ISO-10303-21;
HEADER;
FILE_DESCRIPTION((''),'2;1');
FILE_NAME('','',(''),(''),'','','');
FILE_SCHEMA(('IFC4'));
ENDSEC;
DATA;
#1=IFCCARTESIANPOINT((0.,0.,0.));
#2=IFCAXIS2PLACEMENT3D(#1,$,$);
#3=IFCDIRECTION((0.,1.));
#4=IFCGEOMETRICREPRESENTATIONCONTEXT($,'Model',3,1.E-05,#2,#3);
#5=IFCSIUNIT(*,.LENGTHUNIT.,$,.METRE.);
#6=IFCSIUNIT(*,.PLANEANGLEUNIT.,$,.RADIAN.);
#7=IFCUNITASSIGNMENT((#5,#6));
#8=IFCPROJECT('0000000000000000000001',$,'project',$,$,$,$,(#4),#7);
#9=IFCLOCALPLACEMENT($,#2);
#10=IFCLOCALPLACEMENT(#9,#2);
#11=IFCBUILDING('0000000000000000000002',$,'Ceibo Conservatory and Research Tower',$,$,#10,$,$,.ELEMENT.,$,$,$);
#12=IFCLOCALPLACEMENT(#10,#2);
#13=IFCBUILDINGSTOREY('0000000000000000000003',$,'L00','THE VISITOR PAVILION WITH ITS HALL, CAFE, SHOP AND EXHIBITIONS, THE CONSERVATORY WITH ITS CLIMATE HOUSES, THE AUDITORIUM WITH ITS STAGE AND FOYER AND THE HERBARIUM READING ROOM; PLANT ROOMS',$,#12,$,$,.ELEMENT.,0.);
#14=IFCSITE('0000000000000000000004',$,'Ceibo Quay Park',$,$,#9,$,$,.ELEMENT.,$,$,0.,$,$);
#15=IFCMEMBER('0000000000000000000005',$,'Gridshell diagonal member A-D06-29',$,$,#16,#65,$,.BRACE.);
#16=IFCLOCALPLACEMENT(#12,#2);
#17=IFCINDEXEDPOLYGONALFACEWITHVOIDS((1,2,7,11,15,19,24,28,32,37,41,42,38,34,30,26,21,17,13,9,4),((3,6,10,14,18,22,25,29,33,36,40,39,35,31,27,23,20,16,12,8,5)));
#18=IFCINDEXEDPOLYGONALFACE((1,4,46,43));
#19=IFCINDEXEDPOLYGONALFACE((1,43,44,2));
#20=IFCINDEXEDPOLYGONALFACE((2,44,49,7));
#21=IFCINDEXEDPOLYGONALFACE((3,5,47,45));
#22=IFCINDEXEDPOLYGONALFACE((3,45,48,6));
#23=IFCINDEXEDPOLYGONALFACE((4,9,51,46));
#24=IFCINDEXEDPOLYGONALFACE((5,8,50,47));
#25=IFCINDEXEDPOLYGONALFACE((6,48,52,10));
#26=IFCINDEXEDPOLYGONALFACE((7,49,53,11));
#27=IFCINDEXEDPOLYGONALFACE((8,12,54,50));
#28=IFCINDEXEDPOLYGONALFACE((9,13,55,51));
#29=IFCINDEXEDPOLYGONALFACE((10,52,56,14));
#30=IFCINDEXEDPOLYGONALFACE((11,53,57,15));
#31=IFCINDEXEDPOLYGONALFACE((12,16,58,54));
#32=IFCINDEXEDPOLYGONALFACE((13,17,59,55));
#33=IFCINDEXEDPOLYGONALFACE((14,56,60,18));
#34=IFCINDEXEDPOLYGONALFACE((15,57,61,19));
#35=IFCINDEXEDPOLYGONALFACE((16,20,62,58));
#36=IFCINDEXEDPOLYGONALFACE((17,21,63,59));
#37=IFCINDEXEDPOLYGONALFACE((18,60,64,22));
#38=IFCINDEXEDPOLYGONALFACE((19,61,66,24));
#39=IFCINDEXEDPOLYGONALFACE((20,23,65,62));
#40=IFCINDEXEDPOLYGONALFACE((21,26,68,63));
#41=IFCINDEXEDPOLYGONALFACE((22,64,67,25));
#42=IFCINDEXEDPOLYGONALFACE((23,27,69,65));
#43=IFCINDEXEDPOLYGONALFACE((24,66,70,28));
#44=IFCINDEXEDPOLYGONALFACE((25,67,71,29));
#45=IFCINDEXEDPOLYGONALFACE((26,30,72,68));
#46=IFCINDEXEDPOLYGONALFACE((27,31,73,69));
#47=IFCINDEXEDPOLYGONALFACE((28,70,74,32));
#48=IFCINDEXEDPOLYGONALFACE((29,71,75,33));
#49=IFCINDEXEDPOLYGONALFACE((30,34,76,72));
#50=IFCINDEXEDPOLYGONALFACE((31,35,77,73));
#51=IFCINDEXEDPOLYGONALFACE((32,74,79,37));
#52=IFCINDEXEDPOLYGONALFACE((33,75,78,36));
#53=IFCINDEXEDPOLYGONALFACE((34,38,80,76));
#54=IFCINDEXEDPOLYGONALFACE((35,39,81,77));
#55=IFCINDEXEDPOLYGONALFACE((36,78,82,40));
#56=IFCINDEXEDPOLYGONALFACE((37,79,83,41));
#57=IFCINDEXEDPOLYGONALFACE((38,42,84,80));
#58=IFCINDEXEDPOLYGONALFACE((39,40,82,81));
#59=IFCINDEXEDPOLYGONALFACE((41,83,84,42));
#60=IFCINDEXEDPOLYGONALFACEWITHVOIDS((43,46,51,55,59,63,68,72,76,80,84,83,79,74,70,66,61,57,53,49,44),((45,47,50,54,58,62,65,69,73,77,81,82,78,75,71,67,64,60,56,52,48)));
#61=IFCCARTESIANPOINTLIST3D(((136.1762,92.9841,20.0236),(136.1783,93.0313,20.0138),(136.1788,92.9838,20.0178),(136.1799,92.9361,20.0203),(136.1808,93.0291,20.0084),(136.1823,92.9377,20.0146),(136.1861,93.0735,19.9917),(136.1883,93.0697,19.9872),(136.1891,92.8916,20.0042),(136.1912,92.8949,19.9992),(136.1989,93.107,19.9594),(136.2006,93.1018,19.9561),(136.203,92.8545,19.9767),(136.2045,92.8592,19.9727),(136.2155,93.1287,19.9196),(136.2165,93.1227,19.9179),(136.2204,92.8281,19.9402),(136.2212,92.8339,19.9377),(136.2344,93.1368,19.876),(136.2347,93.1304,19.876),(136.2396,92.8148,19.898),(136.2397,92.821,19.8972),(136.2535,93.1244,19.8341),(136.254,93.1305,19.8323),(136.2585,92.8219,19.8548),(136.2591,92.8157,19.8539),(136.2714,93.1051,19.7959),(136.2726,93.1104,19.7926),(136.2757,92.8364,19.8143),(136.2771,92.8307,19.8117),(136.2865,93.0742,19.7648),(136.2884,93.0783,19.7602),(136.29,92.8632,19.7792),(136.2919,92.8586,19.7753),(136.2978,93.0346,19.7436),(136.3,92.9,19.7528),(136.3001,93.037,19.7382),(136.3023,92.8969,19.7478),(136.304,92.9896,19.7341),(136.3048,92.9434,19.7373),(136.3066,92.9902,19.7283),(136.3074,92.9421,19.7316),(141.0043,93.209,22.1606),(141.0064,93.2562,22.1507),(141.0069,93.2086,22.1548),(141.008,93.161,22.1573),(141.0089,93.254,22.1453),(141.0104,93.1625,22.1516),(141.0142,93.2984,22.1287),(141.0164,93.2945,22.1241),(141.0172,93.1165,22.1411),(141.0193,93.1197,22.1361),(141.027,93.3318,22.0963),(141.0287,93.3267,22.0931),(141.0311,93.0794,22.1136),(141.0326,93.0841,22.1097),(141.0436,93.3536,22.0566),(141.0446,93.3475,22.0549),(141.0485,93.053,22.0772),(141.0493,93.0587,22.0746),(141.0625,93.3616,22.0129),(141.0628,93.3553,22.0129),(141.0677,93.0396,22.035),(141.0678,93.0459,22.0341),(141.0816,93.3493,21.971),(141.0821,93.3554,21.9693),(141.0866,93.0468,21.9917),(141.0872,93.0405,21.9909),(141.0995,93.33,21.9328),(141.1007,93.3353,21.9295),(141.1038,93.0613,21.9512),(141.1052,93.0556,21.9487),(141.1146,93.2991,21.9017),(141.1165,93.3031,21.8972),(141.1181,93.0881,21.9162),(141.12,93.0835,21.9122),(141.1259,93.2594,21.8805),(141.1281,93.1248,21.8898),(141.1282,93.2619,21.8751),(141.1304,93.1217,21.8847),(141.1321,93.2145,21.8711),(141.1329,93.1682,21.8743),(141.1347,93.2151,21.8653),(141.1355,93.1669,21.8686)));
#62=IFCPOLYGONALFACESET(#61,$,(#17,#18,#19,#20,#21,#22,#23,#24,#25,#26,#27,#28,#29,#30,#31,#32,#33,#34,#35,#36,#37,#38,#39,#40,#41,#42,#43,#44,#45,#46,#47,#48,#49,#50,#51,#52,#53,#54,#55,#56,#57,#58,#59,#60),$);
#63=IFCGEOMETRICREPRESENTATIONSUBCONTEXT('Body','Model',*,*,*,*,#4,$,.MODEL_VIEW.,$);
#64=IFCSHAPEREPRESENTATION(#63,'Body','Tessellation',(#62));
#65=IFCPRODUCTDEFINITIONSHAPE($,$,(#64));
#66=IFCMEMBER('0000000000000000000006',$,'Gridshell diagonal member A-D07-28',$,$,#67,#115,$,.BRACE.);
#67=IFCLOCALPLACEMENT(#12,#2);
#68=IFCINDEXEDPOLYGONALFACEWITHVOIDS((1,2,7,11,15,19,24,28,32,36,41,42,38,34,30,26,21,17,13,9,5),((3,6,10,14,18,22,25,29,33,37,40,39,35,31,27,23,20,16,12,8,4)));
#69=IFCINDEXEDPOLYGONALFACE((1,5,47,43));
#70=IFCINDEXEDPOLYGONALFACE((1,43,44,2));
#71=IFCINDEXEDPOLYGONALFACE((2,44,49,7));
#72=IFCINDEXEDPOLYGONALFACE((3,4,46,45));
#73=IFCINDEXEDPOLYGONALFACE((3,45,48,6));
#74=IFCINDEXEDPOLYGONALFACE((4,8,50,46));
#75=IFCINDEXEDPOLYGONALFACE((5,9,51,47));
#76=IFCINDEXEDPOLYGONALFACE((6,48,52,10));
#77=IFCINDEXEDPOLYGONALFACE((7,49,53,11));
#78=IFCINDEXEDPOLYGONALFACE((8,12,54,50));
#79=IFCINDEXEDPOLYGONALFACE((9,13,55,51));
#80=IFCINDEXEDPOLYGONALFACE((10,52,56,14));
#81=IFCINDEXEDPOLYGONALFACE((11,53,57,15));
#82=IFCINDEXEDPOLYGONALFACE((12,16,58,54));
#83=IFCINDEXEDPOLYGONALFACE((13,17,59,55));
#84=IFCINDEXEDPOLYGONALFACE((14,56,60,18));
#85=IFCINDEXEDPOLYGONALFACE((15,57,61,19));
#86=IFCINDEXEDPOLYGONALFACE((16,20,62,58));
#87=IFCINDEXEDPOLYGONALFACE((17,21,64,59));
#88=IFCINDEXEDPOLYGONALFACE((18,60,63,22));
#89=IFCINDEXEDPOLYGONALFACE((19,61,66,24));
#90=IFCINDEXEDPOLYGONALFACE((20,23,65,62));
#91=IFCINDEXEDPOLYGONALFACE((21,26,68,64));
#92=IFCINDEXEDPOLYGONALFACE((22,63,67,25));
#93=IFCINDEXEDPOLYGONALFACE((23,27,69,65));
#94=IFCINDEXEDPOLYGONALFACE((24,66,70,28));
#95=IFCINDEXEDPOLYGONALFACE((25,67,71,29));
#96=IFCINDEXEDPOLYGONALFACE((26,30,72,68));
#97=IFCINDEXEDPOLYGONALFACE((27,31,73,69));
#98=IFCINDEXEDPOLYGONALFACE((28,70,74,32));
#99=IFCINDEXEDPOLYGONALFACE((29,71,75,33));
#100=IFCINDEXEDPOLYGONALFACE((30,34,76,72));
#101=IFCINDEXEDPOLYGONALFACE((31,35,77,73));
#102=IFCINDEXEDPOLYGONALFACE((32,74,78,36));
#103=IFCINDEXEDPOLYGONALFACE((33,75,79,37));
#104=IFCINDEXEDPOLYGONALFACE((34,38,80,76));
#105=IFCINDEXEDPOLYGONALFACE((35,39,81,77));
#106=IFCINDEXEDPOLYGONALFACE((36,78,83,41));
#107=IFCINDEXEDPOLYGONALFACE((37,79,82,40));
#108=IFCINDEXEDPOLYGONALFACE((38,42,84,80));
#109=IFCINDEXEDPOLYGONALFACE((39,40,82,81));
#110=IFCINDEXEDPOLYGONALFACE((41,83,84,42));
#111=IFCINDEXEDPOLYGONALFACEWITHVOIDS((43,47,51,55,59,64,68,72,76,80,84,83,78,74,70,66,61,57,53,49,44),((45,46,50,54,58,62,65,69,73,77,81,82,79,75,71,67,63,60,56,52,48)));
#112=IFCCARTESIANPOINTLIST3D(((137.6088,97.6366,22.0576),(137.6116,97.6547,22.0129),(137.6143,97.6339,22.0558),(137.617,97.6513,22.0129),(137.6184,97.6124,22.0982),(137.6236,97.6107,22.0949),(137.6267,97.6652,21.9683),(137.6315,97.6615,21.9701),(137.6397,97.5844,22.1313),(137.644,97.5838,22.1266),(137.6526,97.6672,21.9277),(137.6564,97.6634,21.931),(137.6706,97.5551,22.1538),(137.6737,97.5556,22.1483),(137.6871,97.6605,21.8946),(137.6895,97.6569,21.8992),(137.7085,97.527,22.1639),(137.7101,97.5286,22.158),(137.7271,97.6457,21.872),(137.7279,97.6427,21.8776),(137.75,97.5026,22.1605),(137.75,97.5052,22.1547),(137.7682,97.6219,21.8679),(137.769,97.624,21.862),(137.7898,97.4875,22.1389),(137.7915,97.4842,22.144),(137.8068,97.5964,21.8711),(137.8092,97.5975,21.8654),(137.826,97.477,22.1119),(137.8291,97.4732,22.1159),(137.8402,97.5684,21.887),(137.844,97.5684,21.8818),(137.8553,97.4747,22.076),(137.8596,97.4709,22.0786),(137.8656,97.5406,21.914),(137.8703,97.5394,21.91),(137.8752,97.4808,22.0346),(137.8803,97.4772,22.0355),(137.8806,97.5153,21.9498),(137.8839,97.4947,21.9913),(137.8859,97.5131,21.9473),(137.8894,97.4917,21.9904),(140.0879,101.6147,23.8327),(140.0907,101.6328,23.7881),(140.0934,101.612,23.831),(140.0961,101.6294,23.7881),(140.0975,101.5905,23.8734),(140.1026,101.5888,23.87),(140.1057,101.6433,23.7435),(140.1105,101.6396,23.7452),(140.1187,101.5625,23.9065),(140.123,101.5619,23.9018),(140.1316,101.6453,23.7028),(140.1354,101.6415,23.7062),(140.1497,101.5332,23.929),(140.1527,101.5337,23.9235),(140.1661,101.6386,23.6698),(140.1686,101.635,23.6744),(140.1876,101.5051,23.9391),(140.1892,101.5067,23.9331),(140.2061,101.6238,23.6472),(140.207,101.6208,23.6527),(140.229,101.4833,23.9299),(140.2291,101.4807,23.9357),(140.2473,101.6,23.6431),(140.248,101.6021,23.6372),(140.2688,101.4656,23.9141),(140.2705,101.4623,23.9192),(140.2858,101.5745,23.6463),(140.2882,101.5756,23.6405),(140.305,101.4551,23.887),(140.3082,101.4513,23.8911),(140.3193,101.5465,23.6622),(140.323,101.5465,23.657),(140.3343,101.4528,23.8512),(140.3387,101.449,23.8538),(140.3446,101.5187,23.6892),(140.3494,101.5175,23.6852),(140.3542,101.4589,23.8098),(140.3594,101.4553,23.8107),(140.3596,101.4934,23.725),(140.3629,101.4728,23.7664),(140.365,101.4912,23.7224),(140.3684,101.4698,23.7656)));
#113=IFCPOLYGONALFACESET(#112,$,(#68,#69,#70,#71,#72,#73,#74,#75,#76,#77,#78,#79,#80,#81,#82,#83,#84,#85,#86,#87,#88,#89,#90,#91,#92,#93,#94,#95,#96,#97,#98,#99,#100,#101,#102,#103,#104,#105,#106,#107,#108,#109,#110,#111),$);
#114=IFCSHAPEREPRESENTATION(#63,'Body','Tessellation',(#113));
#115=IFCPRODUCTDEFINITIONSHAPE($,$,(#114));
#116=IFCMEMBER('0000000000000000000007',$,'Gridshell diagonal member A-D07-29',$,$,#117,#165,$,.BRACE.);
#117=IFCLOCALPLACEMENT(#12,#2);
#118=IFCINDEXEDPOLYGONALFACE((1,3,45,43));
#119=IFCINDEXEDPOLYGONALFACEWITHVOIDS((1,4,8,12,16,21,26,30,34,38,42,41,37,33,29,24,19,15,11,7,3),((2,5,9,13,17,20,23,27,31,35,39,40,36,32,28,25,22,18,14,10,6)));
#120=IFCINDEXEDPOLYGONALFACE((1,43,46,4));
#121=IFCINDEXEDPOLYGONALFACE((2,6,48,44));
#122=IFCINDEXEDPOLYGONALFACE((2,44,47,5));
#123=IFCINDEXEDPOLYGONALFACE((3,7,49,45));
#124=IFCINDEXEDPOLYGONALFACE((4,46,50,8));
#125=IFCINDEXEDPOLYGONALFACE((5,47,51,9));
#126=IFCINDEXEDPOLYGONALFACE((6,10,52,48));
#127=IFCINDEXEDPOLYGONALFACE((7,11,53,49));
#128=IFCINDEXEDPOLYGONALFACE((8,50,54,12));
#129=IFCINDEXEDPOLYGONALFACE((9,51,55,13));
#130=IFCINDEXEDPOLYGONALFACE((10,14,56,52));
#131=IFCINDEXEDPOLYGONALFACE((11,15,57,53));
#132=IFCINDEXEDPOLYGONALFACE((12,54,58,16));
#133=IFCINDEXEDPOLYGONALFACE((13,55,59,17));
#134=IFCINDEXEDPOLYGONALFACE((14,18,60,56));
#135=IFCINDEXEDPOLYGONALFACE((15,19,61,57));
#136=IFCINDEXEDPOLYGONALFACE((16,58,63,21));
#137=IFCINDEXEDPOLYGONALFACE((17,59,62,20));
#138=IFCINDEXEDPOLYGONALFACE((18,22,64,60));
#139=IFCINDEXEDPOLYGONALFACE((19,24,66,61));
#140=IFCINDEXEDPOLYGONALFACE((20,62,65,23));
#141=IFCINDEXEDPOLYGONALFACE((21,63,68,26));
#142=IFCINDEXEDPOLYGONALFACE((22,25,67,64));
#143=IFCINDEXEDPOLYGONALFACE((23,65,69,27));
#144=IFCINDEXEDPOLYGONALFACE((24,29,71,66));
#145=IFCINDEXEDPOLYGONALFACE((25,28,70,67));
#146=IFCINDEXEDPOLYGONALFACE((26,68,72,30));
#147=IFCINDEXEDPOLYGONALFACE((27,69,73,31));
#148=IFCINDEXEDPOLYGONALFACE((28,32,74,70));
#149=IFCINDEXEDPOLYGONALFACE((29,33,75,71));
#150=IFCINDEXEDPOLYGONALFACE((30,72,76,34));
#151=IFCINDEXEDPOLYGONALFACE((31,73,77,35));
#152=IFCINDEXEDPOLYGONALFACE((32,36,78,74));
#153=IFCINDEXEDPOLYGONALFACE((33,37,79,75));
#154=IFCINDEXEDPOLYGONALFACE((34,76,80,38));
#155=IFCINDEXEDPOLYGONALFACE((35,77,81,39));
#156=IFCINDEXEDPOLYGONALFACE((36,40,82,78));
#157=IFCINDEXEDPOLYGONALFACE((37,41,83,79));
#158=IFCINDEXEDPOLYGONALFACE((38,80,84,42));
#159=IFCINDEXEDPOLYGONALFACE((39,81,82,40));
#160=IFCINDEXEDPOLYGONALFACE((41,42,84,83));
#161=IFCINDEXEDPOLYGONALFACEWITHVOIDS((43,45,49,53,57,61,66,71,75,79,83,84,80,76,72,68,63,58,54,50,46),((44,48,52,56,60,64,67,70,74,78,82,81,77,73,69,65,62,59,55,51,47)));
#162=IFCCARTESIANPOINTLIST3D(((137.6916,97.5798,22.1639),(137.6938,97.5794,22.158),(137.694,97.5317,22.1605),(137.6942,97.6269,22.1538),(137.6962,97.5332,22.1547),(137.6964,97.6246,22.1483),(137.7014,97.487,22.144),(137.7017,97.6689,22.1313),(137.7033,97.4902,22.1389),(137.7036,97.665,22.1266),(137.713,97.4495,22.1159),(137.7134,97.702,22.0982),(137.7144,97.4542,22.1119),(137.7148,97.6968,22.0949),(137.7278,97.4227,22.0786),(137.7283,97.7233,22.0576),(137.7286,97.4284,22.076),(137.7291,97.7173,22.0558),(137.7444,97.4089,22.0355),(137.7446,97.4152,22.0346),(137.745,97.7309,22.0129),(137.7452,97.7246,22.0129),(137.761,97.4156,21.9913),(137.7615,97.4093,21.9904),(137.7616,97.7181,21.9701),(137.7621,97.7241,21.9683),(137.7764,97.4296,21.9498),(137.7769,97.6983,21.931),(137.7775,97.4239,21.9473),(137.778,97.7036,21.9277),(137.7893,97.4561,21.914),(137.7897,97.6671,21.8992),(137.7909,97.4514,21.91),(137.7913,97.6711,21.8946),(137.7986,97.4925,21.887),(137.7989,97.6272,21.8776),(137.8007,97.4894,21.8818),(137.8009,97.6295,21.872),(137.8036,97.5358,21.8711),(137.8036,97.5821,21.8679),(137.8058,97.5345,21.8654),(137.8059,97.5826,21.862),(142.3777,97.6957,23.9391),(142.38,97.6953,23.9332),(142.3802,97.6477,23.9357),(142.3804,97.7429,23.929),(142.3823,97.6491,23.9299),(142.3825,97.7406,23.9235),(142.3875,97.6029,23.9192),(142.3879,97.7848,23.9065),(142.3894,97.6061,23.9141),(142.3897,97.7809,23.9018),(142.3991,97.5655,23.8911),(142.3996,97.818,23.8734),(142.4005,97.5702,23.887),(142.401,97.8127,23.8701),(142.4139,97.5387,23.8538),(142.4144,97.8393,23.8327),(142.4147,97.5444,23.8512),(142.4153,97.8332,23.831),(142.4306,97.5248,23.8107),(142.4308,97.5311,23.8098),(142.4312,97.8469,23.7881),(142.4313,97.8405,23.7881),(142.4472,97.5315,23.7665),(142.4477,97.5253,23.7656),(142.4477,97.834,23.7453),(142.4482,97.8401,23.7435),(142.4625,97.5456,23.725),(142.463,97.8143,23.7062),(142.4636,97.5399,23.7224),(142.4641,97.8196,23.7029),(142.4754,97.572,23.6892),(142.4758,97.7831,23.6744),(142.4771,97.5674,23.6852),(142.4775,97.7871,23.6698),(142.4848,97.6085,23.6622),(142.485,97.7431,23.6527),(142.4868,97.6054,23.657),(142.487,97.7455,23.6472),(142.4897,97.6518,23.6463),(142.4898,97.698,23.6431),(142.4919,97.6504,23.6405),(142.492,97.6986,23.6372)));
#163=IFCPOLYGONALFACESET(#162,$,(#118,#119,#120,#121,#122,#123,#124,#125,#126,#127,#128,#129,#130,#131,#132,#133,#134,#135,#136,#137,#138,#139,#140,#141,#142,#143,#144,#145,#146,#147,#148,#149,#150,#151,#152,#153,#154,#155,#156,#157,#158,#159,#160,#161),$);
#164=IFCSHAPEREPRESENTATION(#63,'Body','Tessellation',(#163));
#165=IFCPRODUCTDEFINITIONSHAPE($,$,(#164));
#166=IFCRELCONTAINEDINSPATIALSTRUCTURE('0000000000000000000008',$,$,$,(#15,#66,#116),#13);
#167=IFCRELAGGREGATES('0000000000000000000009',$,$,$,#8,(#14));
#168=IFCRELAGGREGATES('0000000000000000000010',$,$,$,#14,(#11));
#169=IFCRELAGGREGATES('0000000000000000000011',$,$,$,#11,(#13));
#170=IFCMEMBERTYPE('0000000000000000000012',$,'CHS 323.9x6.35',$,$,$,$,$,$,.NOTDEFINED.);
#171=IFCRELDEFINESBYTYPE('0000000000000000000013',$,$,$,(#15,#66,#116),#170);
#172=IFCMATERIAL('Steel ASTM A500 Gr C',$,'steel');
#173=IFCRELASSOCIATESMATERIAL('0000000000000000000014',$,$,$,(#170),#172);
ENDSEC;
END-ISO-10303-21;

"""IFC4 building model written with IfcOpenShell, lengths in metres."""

from ifc_helpers import new_model, si_unit, direction, frame, origin, origin_2d, place, context, subcontext, project, spatial, hollow_circle, extrude, material, material_profile, profile_set, type_object, element, save


model = new_model("IFC4")

# Units and contexts
model_context = context("Model", 3, precision=1e-05, world=origin(), true_north=direction((0.0, 1.0)))
body_context = subcontext(model_context, "Body", "Model", "MODEL_VIEW")
ifc_project = project(units=[si_unit("LENGTHUNIT", "METRE"), si_unit("PLANEANGLEUNIT", "RADIAN")], contexts=[model_context])

# Site, building, storey
site_placement = place(None, origin())
site = spatial("IfcSite", under=ifc_project, at=site_placement, Name="Ceibo Quay Park", CompositionType="ELEMENT", RefElevation=0.0)
building_placement = place(site_placement, origin())
building = spatial("IfcBuilding", under=site, at=building_placement, Name="Ceibo Conservatory and Research Tower", CompositionType="ELEMENT")
storey_placement = place(building_placement, origin())
storey = spatial("IfcBuildingStorey", under=building, at=storey_placement, Name="L00", Description="THE VISITOR PAVILION WITH ITS HALL, CAFE, SHOP AND EXHIBITIONS, THE CONSERVATORY WITH ITS CLIMATE HOUSES, THE AUDITORIUM WITH ITS STAGE AND FOYER AND THE HERBARIUM READING ROOM; PLANT ROOMS", CompositionType="ELEMENT", Elevation=0.0)

# Members
ifc_material_1 = material(Name="Steel ASTM A500 Gr C", Category="steel")
ifc_material_profile_1 = material_profile(ifc_material_1, hollow_circle(Radius=0.1619, WallThickness=0.0063, at=origin_2d()), Name="CHS 323.9x6.35")
ifc_profile_set_1 = profile_set([ifc_material_profile_1], Name="Steel ASTM A500 Gr C")
member_type_1 = type_object("IfcMemberType", Name="CHS 323.9x6.35", PredefinedType="NOTDEFINED", material=ifc_profile_set_1)
member_1_placement = place(storey_placement, frame((136.2419, 92.9751, 19.876), z_axis=(0.913606, 0.042548, 0.404369), x_axis=(-0.046521, 0.998917, 0.0)))
element("IfcMember", 1, at=member_1_placement, inside=storey, type_object=member_type_1, Name="Gridshell diagonal member A-D06-29", PredefinedType="BRACE", context=body_context, shape_type="SweptSolid", body=[
    extrude(hollow_circle(Radius=0.1619, WallThickness=0.0063, at=origin_2d()), origin(), (0.0, 0.0, 1.0), 5.2847),
])
member_2_placement = place(storey_placement, frame((137.749, 97.5691, 22.0129), z_axis=(0.494602, 0.793682, 0.354171), x_axis=(-0.848694, 0.528884, 0.0)))
element("IfcMember", 2, at=member_2_placement, inside=storey, type_object=member_type_1, Name="Gridshell diagonal member A-D07-28", PredefinedType="BRACE", context=body_context, shape_type="SweptSolid", body=[
    extrude(hollow_circle(Radius=0.1619, WallThickness=0.0063, at=origin_2d()), origin(), (0.0, 0.0, 1.0), 5.0122),
])
member_3_placement = place(storey_placement, frame((137.749, 97.5691, 22.0129), z_axis=(0.9349, 0.023136, 0.354155), x_axis=(-0.02474, 0.999694, 0.0)))
element("IfcMember", 3, at=member_3_placement, inside=storey, type_object=member_type_1, Name="Gridshell diagonal member A-D07-29", PredefinedType="BRACE", context=body_context, shape_type="SweptSolid", body=[
    extrude(hollow_circle(Radius=0.1619, WallThickness=0.0063, at=origin_2d()), origin(), (0.0, 0.0, 1.0), 5.0125),
])

save(model, "model.ifc")
